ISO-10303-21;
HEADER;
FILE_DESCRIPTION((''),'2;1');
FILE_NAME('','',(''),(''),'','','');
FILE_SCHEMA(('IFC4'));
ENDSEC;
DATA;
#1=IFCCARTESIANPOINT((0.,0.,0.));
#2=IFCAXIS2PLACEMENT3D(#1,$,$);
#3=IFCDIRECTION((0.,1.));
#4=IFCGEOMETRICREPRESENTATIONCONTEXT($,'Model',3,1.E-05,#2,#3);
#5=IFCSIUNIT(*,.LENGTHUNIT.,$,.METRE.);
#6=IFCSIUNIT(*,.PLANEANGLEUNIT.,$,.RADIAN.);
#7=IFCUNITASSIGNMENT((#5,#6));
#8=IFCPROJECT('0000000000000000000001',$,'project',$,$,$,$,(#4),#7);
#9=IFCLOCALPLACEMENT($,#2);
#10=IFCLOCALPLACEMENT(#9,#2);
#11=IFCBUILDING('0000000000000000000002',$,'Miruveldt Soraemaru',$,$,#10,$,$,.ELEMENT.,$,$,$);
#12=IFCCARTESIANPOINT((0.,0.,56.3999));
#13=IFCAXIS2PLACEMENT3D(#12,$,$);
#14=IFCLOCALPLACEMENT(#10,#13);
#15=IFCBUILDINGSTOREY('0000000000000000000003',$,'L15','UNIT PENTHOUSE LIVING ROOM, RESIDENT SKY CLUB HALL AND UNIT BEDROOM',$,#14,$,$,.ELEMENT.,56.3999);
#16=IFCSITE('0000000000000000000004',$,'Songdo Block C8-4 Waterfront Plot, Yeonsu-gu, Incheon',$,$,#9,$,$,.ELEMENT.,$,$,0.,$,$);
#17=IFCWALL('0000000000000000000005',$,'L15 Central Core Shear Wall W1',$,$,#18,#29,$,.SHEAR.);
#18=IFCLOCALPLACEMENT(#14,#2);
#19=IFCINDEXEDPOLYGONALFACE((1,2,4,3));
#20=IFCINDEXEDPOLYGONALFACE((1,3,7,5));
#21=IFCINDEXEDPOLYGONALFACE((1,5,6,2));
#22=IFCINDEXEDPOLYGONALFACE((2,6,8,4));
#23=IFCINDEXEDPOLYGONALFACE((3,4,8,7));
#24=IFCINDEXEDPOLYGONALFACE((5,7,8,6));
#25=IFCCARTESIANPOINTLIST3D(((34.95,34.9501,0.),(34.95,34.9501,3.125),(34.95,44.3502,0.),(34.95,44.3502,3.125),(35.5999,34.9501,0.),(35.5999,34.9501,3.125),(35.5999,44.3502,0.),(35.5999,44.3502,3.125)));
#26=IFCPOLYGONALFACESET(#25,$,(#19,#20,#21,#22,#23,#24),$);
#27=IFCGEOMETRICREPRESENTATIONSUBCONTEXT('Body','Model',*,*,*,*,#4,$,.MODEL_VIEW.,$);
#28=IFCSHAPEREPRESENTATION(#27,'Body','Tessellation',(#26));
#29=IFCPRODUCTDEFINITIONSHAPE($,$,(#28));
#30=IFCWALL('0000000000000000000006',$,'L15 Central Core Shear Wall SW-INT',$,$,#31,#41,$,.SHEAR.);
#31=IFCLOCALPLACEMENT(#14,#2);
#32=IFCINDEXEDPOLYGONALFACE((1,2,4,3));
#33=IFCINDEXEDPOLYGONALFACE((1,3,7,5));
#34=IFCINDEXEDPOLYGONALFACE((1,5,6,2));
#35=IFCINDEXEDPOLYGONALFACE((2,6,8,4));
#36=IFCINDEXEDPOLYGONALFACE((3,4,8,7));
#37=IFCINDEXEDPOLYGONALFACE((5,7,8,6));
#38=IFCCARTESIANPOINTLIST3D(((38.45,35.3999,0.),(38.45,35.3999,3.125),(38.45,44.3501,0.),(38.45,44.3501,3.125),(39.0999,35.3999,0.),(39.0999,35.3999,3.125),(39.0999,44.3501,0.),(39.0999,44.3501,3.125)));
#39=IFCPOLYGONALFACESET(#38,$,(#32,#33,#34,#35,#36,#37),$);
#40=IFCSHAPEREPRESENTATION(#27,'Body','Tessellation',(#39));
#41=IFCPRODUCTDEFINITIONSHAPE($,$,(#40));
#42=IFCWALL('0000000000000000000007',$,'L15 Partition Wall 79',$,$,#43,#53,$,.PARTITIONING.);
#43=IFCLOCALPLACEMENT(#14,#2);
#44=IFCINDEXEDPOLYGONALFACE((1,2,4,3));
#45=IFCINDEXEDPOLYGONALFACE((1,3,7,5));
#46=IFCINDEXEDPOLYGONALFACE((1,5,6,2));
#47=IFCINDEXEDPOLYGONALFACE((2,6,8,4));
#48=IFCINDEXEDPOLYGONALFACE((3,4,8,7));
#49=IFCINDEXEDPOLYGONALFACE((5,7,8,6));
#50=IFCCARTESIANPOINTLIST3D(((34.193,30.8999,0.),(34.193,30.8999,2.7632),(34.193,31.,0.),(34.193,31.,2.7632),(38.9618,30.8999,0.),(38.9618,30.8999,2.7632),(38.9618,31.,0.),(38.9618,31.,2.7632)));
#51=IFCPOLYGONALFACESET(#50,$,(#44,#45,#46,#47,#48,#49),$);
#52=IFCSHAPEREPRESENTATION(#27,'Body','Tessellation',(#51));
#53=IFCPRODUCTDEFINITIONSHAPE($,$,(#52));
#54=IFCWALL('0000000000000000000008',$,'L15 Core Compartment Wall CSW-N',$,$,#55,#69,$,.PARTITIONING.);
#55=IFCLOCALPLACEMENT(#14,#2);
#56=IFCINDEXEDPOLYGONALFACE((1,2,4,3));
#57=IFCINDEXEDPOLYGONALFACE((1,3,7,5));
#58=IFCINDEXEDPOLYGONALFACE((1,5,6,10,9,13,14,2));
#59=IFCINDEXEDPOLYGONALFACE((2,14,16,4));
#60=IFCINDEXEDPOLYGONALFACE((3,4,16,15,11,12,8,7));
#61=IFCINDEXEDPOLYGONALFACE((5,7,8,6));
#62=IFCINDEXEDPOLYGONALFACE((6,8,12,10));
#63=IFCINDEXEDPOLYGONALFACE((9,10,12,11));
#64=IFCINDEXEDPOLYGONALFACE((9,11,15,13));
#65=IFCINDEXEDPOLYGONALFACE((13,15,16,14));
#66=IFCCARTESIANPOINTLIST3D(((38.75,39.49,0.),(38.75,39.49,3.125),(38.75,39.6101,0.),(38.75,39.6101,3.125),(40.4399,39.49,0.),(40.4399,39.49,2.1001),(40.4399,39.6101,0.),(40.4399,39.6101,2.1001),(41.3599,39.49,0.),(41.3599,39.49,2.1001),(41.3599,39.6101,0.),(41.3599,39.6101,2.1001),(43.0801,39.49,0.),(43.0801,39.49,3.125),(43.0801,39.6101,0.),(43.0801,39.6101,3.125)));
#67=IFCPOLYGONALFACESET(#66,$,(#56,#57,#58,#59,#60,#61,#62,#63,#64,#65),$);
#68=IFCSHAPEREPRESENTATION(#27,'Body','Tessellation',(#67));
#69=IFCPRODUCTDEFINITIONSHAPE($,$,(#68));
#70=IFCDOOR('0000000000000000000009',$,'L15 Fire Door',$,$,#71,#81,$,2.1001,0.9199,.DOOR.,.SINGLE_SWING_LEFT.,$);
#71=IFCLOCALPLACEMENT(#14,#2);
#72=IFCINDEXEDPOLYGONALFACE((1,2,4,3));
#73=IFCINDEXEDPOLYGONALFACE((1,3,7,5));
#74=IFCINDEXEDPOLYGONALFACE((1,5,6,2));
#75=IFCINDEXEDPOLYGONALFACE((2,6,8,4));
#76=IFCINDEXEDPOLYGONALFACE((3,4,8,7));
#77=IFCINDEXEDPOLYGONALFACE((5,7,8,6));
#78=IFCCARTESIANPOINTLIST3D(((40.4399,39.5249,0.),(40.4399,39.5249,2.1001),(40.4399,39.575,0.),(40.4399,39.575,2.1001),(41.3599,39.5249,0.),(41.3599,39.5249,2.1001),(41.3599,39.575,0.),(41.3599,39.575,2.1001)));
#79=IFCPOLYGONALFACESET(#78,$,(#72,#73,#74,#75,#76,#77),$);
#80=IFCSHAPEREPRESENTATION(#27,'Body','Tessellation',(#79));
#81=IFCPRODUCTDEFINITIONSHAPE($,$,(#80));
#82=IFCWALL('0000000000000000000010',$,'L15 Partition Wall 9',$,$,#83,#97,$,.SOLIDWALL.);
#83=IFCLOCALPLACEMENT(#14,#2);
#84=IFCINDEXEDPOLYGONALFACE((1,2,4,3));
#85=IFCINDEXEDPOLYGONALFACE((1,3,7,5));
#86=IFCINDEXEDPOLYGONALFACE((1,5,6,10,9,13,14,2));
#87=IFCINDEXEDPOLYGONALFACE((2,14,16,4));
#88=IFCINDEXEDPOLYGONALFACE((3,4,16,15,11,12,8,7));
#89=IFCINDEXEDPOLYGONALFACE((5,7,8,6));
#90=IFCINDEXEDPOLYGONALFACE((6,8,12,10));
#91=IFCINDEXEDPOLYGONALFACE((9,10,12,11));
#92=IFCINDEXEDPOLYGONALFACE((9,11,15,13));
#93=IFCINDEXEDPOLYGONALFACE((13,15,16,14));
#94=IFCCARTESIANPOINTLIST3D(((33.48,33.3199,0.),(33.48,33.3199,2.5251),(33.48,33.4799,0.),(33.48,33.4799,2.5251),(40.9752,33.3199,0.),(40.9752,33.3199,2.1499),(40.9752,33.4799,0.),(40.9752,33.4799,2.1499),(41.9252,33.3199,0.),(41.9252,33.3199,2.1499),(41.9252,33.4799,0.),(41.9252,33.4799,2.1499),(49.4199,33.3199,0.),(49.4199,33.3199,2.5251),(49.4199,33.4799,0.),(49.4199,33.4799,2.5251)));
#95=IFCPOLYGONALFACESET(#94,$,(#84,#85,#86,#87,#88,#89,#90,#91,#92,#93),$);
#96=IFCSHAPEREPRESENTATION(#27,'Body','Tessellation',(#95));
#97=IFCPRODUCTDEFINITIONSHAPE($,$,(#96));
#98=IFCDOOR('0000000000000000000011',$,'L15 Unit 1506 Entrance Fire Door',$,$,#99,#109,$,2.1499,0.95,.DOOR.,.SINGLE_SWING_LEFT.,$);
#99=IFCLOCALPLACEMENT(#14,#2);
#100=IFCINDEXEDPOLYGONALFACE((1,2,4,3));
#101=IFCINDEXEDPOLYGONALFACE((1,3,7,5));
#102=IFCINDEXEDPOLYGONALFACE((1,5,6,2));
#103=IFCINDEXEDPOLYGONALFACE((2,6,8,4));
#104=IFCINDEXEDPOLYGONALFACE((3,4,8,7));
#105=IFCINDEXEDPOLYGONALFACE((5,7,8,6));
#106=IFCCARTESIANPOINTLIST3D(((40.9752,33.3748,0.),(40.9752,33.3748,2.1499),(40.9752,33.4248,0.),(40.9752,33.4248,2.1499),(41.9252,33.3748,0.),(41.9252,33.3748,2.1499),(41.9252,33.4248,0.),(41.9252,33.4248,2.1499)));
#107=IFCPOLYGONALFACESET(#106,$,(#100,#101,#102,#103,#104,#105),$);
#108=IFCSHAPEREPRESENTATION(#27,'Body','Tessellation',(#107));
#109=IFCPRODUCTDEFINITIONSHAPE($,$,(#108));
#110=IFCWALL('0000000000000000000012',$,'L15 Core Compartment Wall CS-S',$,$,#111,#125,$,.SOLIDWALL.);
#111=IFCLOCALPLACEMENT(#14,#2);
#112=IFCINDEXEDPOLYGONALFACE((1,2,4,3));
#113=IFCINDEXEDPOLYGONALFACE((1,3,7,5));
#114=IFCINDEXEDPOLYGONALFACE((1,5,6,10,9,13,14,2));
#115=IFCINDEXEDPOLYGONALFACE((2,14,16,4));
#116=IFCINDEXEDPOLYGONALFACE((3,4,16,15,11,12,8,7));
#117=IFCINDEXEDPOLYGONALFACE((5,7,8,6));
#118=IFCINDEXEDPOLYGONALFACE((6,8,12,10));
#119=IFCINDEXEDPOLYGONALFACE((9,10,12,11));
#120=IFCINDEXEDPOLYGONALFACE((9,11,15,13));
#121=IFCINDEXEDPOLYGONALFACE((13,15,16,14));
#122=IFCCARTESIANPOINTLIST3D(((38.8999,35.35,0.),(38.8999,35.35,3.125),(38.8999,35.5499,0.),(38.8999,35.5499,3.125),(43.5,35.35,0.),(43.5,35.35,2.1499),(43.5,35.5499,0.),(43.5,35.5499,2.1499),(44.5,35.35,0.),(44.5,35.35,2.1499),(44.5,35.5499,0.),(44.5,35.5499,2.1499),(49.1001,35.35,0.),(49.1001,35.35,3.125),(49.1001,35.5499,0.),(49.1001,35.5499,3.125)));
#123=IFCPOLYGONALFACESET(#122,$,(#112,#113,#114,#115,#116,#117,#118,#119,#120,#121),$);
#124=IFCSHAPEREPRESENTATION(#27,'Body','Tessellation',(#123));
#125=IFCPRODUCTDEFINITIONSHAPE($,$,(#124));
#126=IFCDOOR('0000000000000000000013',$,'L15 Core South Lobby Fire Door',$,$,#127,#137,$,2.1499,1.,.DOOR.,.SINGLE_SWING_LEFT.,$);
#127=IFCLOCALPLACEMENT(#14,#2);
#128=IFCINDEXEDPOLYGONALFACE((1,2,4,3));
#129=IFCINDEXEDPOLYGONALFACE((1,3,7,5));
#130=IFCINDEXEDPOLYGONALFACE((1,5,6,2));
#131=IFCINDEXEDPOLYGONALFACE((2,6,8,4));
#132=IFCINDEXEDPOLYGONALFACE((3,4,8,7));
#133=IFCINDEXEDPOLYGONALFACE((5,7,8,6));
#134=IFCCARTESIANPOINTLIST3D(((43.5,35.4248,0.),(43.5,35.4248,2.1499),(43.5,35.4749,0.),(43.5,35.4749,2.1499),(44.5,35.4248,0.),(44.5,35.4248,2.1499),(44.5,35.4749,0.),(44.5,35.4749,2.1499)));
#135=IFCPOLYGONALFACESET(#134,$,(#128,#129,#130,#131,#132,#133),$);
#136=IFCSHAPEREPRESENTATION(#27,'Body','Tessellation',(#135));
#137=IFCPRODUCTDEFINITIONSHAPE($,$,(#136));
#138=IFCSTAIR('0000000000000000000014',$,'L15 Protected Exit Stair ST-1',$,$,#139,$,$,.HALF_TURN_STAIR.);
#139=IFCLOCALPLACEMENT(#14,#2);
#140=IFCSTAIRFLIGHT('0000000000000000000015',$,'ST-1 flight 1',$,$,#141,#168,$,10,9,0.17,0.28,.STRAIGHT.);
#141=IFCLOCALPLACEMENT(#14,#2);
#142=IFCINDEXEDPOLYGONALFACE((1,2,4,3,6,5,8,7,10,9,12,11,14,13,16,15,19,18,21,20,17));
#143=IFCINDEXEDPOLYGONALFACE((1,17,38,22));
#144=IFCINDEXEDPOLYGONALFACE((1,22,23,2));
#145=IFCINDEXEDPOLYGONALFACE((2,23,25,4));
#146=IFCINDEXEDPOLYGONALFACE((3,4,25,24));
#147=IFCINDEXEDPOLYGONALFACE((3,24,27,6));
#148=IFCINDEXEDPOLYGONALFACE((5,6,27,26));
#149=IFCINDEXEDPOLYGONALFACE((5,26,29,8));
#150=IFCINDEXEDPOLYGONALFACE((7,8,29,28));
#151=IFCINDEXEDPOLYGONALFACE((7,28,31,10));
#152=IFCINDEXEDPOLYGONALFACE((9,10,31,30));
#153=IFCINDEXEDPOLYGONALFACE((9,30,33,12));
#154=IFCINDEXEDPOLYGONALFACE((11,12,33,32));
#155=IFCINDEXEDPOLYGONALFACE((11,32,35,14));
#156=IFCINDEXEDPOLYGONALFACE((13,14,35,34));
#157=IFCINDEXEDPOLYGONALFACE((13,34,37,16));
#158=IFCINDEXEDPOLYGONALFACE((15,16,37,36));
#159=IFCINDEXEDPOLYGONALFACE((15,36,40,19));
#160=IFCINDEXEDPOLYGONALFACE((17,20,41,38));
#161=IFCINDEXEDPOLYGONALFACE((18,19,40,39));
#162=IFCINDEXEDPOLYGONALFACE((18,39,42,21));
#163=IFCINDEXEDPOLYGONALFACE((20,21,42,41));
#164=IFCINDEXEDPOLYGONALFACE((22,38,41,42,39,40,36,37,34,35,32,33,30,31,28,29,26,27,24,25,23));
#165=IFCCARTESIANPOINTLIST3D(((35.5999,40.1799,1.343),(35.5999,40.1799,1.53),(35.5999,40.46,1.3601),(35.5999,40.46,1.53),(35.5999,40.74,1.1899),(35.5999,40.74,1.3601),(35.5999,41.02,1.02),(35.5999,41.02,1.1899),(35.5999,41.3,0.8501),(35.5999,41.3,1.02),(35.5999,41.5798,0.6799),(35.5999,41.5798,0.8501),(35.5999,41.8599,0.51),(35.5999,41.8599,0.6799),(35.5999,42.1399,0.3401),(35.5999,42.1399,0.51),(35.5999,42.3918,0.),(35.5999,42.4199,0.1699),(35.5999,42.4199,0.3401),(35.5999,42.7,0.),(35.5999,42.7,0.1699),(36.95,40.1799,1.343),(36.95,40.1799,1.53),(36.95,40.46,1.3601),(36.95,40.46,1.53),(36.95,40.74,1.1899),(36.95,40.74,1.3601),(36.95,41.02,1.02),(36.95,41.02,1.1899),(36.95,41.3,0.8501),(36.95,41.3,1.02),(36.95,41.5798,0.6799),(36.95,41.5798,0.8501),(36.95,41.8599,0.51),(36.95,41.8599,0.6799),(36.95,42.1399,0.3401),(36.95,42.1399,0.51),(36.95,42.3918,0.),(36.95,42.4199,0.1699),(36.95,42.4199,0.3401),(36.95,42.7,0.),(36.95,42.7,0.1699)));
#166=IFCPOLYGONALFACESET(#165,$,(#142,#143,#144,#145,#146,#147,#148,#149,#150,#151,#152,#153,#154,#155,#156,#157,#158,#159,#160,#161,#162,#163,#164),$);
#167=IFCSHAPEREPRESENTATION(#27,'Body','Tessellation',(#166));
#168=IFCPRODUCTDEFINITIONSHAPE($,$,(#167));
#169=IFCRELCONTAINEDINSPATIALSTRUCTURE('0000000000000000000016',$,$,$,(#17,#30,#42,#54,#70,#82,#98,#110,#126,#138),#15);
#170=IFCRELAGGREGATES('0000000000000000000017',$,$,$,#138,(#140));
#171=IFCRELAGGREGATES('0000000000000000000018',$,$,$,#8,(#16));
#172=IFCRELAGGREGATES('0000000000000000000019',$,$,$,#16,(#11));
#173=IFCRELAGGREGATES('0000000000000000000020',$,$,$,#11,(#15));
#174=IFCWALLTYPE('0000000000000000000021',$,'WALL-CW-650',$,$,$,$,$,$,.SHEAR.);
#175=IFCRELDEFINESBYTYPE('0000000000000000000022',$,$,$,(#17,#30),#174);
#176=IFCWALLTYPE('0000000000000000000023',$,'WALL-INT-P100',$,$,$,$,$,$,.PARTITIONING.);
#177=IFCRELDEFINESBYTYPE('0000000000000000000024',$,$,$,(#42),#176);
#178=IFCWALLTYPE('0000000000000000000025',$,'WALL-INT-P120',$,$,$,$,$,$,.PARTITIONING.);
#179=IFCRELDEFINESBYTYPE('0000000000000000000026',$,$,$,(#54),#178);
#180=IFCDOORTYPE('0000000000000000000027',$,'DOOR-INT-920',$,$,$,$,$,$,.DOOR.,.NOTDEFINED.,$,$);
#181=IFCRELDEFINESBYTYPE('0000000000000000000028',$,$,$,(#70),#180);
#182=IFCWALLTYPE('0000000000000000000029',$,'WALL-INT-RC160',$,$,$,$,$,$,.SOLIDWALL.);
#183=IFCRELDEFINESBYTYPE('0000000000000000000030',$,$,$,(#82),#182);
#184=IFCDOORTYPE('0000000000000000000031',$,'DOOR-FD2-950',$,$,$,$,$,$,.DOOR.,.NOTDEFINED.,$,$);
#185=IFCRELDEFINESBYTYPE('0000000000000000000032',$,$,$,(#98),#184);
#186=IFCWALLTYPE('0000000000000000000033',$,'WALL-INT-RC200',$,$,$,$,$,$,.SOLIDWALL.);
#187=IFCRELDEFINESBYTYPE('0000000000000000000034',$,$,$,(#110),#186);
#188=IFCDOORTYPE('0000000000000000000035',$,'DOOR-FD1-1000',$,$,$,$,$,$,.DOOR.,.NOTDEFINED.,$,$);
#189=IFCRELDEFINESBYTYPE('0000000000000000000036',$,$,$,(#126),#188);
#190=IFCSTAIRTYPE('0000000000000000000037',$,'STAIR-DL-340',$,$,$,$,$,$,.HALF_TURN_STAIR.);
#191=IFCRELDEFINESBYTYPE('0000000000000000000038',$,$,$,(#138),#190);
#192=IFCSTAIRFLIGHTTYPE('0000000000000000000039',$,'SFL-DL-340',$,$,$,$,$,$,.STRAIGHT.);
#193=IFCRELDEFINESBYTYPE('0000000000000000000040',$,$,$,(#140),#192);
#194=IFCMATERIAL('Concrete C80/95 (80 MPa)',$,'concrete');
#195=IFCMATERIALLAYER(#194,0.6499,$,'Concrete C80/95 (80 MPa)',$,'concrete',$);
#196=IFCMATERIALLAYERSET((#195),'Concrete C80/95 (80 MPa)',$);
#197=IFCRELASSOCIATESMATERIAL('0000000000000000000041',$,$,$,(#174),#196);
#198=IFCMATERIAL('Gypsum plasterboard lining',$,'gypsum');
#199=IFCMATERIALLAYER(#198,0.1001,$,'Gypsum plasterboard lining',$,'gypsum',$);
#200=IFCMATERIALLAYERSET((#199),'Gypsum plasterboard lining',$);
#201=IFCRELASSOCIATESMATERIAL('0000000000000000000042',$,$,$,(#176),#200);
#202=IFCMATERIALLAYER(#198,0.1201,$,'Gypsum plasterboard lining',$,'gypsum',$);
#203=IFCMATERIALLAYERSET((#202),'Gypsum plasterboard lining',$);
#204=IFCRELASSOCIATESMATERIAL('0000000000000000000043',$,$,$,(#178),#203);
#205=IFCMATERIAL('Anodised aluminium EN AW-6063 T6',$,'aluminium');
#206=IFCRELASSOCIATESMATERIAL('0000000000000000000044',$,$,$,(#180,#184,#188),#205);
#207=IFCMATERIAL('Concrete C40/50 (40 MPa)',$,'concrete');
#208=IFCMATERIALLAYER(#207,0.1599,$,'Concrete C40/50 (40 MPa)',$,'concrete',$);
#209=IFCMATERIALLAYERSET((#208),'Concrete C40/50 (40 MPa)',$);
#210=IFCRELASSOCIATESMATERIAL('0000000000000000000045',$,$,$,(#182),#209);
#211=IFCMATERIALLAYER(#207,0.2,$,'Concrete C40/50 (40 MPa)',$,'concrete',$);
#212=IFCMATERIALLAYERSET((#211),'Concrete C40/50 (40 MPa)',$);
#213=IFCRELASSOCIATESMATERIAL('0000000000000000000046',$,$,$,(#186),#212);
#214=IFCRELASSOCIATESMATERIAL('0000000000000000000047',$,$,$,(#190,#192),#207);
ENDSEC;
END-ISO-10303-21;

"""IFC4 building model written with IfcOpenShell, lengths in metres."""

from ifc_helpers import new_model, si_unit, direction, frame, frame_2d, origin, place, context, subcontext, project, spatial, polyline, rectangle, outline, extrude, material, layer, layer_set, type_object, element, fill, aggregate, save


model = new_model("IFC4")

# Units and contexts
model_context = context("Model", 3, precision=1e-05, world=origin(), true_north=direction((0.0, 1.0)))
body_context = subcontext(model_context, "Body", "Model", "MODEL_VIEW")
ifc_project = project(units=[si_unit("LENGTHUNIT", "METRE"), si_unit("PLANEANGLEUNIT", "RADIAN")], contexts=[model_context])

# Site, building, storey
site_placement = place(None, origin())
site = spatial("IfcSite", under=ifc_project, at=site_placement, Name="Songdo Block C8-4 Waterfront Plot, Yeonsu-gu, Incheon", CompositionType="ELEMENT", RefElevation=0.0)
building_placement = place(site_placement, origin())
building = spatial("IfcBuilding", under=site, at=building_placement, Name="Miruveldt Soraemaru", CompositionType="ELEMENT")
storey_placement = place(building_placement, frame((0.0, 0.0, 56.3999)))
storey = spatial("IfcBuildingStorey", under=building, at=storey_placement, Name="L15", Description="UNIT PENTHOUSE LIVING ROOM, RESIDENT SKY CLUB HALL AND UNIT BEDROOM", CompositionType="ELEMENT", Elevation=56.3999)

# Walls
ifc_material_1 = material(Name="Concrete C80/95 (80 MPa)", Category="concrete")
ifc_layer_1 = layer(ifc_material_1, 0.6499, Name="Concrete C80/95 (80 MPa)", Category="concrete")
ifc_layer_set_1 = layer_set([ifc_layer_1], Name="Concrete C80/95 (80 MPa)")
wall_type_1 = type_object("IfcWallType", Name="WALL-CW-650", PredefinedType="SHEAR", material=ifc_layer_set_1)
wall_1_placement = place(storey_placement, frame((35.2749, 34.95, 0.0), z_axis=(0.0, 0.0, 1.0), x_axis=(0.0, 1.0, 0.0)))
element("IfcWall", 1, at=wall_1_placement, inside=storey, type_object=wall_type_1, Name="L15 Central Core Shear Wall W1", PredefinedType="SHEAR", context=body_context, shape_type="SweptSolid", body=[
    extrude(rectangle(XDim=9.4001, YDim=0.6499, at=frame_2d((4.7002, 0.0))), origin(), (0.0, 0.0, 1.0), 3.125),
])
wall_2_placement = place(storey_placement, frame((38.7749, 35.3999, 0.0), z_axis=(0.0, 0.0, 1.0), x_axis=(0.0, 1.0, 0.0)))
element("IfcWall", 2, at=wall_2_placement, inside=storey, type_object=wall_type_1, Name="L15 Central Core Shear Wall SW-INT", PredefinedType="SHEAR", context=body_context, shape_type="SweptSolid", body=[
    extrude(rectangle(XDim=8.9502, YDim=0.6499, at=frame_2d((4.4751, 0.0))), origin(), (0.0, 0.0, 1.0), 3.125),
])
ifc_material_2 = material(Name="Gypsum plasterboard lining", Category="gypsum")
ifc_layer_2 = layer(ifc_material_2, 0.1001, Name="Gypsum plasterboard lining", Category="gypsum")
ifc_layer_set_2 = layer_set([ifc_layer_2], Name="Gypsum plasterboard lining")
wall_type_2 = type_object("IfcWallType", Name="WALL-INT-P100", PredefinedType="PARTITIONING", material=ifc_layer_set_2)
wall_3_placement = place(storey_placement, frame((34.1931, 30.95, 0.0), z_axis=(0.0, 0.0, 1.0), x_axis=(1.0, 0.0, 0.0)))
element("IfcWall", 3, at=wall_3_placement, inside=storey, type_object=wall_type_2, Name="L15 Partition Wall 79", PredefinedType="PARTITIONING", context=body_context, shape_type="SweptSolid", body=[
    extrude(rectangle(XDim=4.7688, YDim=0.1001, at=frame_2d((2.3843, 0.0))), origin(), (0.0, 0.0, 1.0), 2.7632),
])

# Walls, openings, doors
ifc_layer_3 = layer(ifc_material_2, 0.1201, Name="Gypsum plasterboard lining", Category="gypsum")
ifc_layer_set_3 = layer_set([ifc_layer_3], Name="Gypsum plasterboard lining")
wall_type_3 = type_object("IfcWallType", Name="WALL-INT-P120", PredefinedType="PARTITIONING", material=ifc_layer_set_3)
wall_4_placement = place(storey_placement, frame((38.75, 39.55, 0.0), z_axis=(0.0, 0.0, 1.0), x_axis=(1.0, 0.0, 0.0)))
wall_4 = element("IfcWall", 4, at=wall_4_placement, inside=storey, type_object=wall_type_3, Name="L15 Core Compartment Wall CSW-N", PredefinedType="PARTITIONING", context=body_context, shape_type="SweptSolid", body=[
    extrude(rectangle(XDim=4.3301, YDim=0.1201, at=frame_2d((2.165, 0.0))), origin(), (0.0, 0.0, 1.0), 3.125),
])
opening_1_placement = place(wall_4_placement, frame((1.6899, 0.0, 0.0)))
opening_1 = element("IfcOpeningElement", 5, at=opening_1_placement, cuts=wall_4, PredefinedType="OPENING", context=body_context, shape_type="SweptSolid", body=[
    extrude(rectangle(XDim=0.9199, YDim=2.1001, at=frame_2d((0.46, 1.05))), frame((0.0, 0.0701, 0.0), z_axis=(0.0, -1.0, 0.0), x_axis=(1.0, 0.0, 0.0)), (0.0, 0.0, 1.0), 0.1401),
])
ifc_material_3 = material(Name="Anodised aluminium EN AW-6063 T6", Category="aluminium")
door_type_1 = type_object("IfcDoorType", Name="DOOR-INT-920", OperationType="NOTDEFINED", PredefinedType="DOOR", material=ifc_material_3)
door_1_placement = place(opening_1_placement, origin())
door_1 = element("IfcDoor", 6, at=door_1_placement, inside=storey, type_object=door_type_1, Name="L15 Fire Door", OperationType="SINGLE_SWING_LEFT", OverallHeight=2.1001, OverallWidth=0.9199, PredefinedType="DOOR", context=body_context, shape_type="SweptSolid", body=[
    extrude(rectangle(XDim=0.9199, YDim=2.1001, at=frame_2d((0.46, 1.05))), frame((0.0, 0.0249, 0.0), z_axis=(0.0, -1.0, 0.0), x_axis=(1.0, 0.0, 0.0)), (0.0, 0.0, 1.0), 0.05),
])
fill(opening_1, door_1)
ifc_material_4 = material(Name="Concrete C40/50 (40 MPa)", Category="concrete")
ifc_layer_4 = layer(ifc_material_4, 0.1599, Name="Concrete C40/50 (40 MPa)", Category="concrete")
ifc_layer_set_4 = layer_set([ifc_layer_4], Name="Concrete C40/50 (40 MPa)")
wall_type_4 = type_object("IfcWallType", Name="WALL-INT-RC160", PredefinedType="SOLIDWALL", material=ifc_layer_set_4)
wall_5_placement = place(storey_placement, frame((33.48, 33.3999, 0.0), z_axis=(0.0, 0.0, 1.0), x_axis=(1.0, 0.0, 0.0)))
wall_5 = element("IfcWall", 7, at=wall_5_placement, inside=storey, type_object=wall_type_4, Name="L15 Partition Wall 9", PredefinedType="SOLIDWALL", context=body_context, shape_type="SweptSolid", body=[
    extrude(rectangle(XDim=15.9399, YDim=0.1599, at=frame_2d((7.97, 0.0))), origin(), (0.0, 0.0, 1.0), 2.5251),
])
opening_2_placement = place(wall_5_placement, frame((7.4951, 0.0, 0.0)))
opening_2 = element("IfcOpeningElement", 8, at=opening_2_placement, cuts=wall_5, PredefinedType="OPENING", context=body_context, shape_type="SweptSolid", body=[
    extrude(rectangle(XDim=0.95, YDim=2.1499, at=frame_2d((0.4751, 1.075))), frame((0.0, 0.0898, 0.0), z_axis=(0.0, -1.0, 0.0), x_axis=(1.0, 0.0, 0.0)), (0.0, 0.0, 1.0), 0.1799),
])
door_type_2 = type_object("IfcDoorType", Name="DOOR-FD2-950", OperationType="NOTDEFINED", PredefinedType="DOOR", material=ifc_material_3)
door_2_placement = place(opening_2_placement, origin())
door_2 = element("IfcDoor", 9, at=door_2_placement, inside=storey, type_object=door_type_2, Name="L15 Unit 1506 Entrance Fire Door", OperationType="SINGLE_SWING_LEFT", OverallHeight=2.1499, OverallWidth=0.95, PredefinedType="DOOR", context=body_context, shape_type="SweptSolid", body=[
    extrude(rectangle(XDim=0.95, YDim=2.1499, at=frame_2d((0.4751, 1.075))), frame((0.0, 0.0249, 0.0), z_axis=(0.0, -1.0, 0.0), x_axis=(1.0, 0.0, 0.0)), (0.0, 0.0, 1.0), 0.05),
])
fill(opening_2, door_2)
ifc_layer_5 = layer(ifc_material_4, 0.2, Name="Concrete C40/50 (40 MPa)", Category="concrete")
ifc_layer_set_5 = layer_set([ifc_layer_5], Name="Concrete C40/50 (40 MPa)")
wall_type_5 = type_object("IfcWallType", Name="WALL-INT-RC200", PredefinedType="SOLIDWALL", material=ifc_layer_set_5)
wall_6_placement = place(storey_placement, frame((38.8999, 35.45, 0.0), z_axis=(0.0, 0.0, 1.0), x_axis=(1.0, 0.0, 0.0)))
wall_6 = element("IfcWall", 10, at=wall_6_placement, inside=storey, type_object=wall_type_5, Name="L15 Core Compartment Wall CS-S", PredefinedType="SOLIDWALL", context=body_context, shape_type="SweptSolid", body=[
    extrude(rectangle(XDim=10.2002, YDim=0.2, at=frame_2d((5.1001, 0.0))), origin(), (0.0, 0.0, 1.0), 3.125),
])
opening_3_placement = place(wall_6_placement, frame((4.6001, 0.0, 0.0)))
opening_3 = element("IfcOpeningElement", 11, at=opening_3_placement, cuts=wall_6, PredefinedType="OPENING", context=body_context, shape_type="SweptSolid", body=[
    extrude(rectangle(XDim=1.0, YDim=2.1499, at=frame_2d((0.5, 1.075))), frame((0.0, 0.1099, 0.0), z_axis=(0.0, -1.0, 0.0), x_axis=(1.0, 0.0, 0.0)), (0.0, 0.0, 1.0), 0.22),
])
door_type_3 = type_object("IfcDoorType", Name="DOOR-FD1-1000", OperationType="NOTDEFINED", PredefinedType="DOOR", material=ifc_material_3)
door_3_placement = place(opening_3_placement, origin())
door_3 = element("IfcDoor", 12, at=door_3_placement, inside=storey, type_object=door_type_3, Name="L15 Core South Lobby Fire Door", OperationType="SINGLE_SWING_LEFT", OverallHeight=2.1499, OverallWidth=1.0, PredefinedType="DOOR", context=body_context, shape_type="SweptSolid", body=[
    extrude(rectangle(XDim=1.0, YDim=2.1499, at=frame_2d((0.5, 1.075))), frame((0.0, 0.0249, 0.0), z_axis=(0.0, -1.0, 0.0), x_axis=(1.0, 0.0, 0.0)), (0.0, 0.0, 1.0), 0.05),
])
fill(opening_3, door_3)

# Stair, stair flight
stair_type = type_object("IfcStairType", Name="STAIR-DL-340", PredefinedType="HALF_TURN_STAIR", material=ifc_material_4)
stair_placement = place(storey_placement, origin())
stair = element("IfcStair", 13, at=stair_placement, inside=storey, type_object=stair_type, Name="L15 Protected Exit Stair ST-1", PredefinedType="HALF_TURN_STAIR")
stair_flight_type = type_object("IfcStairFlightType", Name="SFL-DL-340", PredefinedType="STRAIGHT", material=ifc_material_4)
stair_flight_1_placement = place(storey_placement, frame((36.2749, 42.7, 0.0), z_axis=(0.0, 0.0, 1.0), x_axis=(0.0, -1.0, 0.0)))
stair_flight_1 = element("IfcStairFlight", 14, at=stair_flight_1_placement, type_object=stair_flight_type, Name="ST-1 flight 1", NumberOfRisers=10, NumberOfTreads=9, PredefinedType="STRAIGHT", RiserHeight=0.17, TreadLength=0.28, context=body_context, shape_type="SweptSolid", body=[
    extrude(outline(polyline([(0.0, 0.0), (0.0, 0.1699), (0.28, 0.1699), (0.28, 0.3401), (0.5601, 0.3401), (0.5601, 0.51), (0.8401, 0.51), (0.8401, 0.6799), (1.1201, 0.6799), (1.1201, 0.8501), (1.3999, 0.8501), (1.3999, 1.02), (1.6799, 1.02), (1.6799, 1.1899), (1.96, 1.1899), (1.96, 1.3601), (2.24, 1.3601), (2.24, 1.53), (2.52, 1.53), (2.52, 1.7), (2.52, 1.343), (0.3081, 0.0), (0.0, 0.0)])), frame((0.0, 0.675, 0.0), z_axis=(0.0, -1.0, 0.0), x_axis=(1.0, 0.0, 0.0)), (0.0, 0.0, 1.0), 1.3501),
])
aggregate(stair, [stair_flight_1])

save(model, "model.ifc")
